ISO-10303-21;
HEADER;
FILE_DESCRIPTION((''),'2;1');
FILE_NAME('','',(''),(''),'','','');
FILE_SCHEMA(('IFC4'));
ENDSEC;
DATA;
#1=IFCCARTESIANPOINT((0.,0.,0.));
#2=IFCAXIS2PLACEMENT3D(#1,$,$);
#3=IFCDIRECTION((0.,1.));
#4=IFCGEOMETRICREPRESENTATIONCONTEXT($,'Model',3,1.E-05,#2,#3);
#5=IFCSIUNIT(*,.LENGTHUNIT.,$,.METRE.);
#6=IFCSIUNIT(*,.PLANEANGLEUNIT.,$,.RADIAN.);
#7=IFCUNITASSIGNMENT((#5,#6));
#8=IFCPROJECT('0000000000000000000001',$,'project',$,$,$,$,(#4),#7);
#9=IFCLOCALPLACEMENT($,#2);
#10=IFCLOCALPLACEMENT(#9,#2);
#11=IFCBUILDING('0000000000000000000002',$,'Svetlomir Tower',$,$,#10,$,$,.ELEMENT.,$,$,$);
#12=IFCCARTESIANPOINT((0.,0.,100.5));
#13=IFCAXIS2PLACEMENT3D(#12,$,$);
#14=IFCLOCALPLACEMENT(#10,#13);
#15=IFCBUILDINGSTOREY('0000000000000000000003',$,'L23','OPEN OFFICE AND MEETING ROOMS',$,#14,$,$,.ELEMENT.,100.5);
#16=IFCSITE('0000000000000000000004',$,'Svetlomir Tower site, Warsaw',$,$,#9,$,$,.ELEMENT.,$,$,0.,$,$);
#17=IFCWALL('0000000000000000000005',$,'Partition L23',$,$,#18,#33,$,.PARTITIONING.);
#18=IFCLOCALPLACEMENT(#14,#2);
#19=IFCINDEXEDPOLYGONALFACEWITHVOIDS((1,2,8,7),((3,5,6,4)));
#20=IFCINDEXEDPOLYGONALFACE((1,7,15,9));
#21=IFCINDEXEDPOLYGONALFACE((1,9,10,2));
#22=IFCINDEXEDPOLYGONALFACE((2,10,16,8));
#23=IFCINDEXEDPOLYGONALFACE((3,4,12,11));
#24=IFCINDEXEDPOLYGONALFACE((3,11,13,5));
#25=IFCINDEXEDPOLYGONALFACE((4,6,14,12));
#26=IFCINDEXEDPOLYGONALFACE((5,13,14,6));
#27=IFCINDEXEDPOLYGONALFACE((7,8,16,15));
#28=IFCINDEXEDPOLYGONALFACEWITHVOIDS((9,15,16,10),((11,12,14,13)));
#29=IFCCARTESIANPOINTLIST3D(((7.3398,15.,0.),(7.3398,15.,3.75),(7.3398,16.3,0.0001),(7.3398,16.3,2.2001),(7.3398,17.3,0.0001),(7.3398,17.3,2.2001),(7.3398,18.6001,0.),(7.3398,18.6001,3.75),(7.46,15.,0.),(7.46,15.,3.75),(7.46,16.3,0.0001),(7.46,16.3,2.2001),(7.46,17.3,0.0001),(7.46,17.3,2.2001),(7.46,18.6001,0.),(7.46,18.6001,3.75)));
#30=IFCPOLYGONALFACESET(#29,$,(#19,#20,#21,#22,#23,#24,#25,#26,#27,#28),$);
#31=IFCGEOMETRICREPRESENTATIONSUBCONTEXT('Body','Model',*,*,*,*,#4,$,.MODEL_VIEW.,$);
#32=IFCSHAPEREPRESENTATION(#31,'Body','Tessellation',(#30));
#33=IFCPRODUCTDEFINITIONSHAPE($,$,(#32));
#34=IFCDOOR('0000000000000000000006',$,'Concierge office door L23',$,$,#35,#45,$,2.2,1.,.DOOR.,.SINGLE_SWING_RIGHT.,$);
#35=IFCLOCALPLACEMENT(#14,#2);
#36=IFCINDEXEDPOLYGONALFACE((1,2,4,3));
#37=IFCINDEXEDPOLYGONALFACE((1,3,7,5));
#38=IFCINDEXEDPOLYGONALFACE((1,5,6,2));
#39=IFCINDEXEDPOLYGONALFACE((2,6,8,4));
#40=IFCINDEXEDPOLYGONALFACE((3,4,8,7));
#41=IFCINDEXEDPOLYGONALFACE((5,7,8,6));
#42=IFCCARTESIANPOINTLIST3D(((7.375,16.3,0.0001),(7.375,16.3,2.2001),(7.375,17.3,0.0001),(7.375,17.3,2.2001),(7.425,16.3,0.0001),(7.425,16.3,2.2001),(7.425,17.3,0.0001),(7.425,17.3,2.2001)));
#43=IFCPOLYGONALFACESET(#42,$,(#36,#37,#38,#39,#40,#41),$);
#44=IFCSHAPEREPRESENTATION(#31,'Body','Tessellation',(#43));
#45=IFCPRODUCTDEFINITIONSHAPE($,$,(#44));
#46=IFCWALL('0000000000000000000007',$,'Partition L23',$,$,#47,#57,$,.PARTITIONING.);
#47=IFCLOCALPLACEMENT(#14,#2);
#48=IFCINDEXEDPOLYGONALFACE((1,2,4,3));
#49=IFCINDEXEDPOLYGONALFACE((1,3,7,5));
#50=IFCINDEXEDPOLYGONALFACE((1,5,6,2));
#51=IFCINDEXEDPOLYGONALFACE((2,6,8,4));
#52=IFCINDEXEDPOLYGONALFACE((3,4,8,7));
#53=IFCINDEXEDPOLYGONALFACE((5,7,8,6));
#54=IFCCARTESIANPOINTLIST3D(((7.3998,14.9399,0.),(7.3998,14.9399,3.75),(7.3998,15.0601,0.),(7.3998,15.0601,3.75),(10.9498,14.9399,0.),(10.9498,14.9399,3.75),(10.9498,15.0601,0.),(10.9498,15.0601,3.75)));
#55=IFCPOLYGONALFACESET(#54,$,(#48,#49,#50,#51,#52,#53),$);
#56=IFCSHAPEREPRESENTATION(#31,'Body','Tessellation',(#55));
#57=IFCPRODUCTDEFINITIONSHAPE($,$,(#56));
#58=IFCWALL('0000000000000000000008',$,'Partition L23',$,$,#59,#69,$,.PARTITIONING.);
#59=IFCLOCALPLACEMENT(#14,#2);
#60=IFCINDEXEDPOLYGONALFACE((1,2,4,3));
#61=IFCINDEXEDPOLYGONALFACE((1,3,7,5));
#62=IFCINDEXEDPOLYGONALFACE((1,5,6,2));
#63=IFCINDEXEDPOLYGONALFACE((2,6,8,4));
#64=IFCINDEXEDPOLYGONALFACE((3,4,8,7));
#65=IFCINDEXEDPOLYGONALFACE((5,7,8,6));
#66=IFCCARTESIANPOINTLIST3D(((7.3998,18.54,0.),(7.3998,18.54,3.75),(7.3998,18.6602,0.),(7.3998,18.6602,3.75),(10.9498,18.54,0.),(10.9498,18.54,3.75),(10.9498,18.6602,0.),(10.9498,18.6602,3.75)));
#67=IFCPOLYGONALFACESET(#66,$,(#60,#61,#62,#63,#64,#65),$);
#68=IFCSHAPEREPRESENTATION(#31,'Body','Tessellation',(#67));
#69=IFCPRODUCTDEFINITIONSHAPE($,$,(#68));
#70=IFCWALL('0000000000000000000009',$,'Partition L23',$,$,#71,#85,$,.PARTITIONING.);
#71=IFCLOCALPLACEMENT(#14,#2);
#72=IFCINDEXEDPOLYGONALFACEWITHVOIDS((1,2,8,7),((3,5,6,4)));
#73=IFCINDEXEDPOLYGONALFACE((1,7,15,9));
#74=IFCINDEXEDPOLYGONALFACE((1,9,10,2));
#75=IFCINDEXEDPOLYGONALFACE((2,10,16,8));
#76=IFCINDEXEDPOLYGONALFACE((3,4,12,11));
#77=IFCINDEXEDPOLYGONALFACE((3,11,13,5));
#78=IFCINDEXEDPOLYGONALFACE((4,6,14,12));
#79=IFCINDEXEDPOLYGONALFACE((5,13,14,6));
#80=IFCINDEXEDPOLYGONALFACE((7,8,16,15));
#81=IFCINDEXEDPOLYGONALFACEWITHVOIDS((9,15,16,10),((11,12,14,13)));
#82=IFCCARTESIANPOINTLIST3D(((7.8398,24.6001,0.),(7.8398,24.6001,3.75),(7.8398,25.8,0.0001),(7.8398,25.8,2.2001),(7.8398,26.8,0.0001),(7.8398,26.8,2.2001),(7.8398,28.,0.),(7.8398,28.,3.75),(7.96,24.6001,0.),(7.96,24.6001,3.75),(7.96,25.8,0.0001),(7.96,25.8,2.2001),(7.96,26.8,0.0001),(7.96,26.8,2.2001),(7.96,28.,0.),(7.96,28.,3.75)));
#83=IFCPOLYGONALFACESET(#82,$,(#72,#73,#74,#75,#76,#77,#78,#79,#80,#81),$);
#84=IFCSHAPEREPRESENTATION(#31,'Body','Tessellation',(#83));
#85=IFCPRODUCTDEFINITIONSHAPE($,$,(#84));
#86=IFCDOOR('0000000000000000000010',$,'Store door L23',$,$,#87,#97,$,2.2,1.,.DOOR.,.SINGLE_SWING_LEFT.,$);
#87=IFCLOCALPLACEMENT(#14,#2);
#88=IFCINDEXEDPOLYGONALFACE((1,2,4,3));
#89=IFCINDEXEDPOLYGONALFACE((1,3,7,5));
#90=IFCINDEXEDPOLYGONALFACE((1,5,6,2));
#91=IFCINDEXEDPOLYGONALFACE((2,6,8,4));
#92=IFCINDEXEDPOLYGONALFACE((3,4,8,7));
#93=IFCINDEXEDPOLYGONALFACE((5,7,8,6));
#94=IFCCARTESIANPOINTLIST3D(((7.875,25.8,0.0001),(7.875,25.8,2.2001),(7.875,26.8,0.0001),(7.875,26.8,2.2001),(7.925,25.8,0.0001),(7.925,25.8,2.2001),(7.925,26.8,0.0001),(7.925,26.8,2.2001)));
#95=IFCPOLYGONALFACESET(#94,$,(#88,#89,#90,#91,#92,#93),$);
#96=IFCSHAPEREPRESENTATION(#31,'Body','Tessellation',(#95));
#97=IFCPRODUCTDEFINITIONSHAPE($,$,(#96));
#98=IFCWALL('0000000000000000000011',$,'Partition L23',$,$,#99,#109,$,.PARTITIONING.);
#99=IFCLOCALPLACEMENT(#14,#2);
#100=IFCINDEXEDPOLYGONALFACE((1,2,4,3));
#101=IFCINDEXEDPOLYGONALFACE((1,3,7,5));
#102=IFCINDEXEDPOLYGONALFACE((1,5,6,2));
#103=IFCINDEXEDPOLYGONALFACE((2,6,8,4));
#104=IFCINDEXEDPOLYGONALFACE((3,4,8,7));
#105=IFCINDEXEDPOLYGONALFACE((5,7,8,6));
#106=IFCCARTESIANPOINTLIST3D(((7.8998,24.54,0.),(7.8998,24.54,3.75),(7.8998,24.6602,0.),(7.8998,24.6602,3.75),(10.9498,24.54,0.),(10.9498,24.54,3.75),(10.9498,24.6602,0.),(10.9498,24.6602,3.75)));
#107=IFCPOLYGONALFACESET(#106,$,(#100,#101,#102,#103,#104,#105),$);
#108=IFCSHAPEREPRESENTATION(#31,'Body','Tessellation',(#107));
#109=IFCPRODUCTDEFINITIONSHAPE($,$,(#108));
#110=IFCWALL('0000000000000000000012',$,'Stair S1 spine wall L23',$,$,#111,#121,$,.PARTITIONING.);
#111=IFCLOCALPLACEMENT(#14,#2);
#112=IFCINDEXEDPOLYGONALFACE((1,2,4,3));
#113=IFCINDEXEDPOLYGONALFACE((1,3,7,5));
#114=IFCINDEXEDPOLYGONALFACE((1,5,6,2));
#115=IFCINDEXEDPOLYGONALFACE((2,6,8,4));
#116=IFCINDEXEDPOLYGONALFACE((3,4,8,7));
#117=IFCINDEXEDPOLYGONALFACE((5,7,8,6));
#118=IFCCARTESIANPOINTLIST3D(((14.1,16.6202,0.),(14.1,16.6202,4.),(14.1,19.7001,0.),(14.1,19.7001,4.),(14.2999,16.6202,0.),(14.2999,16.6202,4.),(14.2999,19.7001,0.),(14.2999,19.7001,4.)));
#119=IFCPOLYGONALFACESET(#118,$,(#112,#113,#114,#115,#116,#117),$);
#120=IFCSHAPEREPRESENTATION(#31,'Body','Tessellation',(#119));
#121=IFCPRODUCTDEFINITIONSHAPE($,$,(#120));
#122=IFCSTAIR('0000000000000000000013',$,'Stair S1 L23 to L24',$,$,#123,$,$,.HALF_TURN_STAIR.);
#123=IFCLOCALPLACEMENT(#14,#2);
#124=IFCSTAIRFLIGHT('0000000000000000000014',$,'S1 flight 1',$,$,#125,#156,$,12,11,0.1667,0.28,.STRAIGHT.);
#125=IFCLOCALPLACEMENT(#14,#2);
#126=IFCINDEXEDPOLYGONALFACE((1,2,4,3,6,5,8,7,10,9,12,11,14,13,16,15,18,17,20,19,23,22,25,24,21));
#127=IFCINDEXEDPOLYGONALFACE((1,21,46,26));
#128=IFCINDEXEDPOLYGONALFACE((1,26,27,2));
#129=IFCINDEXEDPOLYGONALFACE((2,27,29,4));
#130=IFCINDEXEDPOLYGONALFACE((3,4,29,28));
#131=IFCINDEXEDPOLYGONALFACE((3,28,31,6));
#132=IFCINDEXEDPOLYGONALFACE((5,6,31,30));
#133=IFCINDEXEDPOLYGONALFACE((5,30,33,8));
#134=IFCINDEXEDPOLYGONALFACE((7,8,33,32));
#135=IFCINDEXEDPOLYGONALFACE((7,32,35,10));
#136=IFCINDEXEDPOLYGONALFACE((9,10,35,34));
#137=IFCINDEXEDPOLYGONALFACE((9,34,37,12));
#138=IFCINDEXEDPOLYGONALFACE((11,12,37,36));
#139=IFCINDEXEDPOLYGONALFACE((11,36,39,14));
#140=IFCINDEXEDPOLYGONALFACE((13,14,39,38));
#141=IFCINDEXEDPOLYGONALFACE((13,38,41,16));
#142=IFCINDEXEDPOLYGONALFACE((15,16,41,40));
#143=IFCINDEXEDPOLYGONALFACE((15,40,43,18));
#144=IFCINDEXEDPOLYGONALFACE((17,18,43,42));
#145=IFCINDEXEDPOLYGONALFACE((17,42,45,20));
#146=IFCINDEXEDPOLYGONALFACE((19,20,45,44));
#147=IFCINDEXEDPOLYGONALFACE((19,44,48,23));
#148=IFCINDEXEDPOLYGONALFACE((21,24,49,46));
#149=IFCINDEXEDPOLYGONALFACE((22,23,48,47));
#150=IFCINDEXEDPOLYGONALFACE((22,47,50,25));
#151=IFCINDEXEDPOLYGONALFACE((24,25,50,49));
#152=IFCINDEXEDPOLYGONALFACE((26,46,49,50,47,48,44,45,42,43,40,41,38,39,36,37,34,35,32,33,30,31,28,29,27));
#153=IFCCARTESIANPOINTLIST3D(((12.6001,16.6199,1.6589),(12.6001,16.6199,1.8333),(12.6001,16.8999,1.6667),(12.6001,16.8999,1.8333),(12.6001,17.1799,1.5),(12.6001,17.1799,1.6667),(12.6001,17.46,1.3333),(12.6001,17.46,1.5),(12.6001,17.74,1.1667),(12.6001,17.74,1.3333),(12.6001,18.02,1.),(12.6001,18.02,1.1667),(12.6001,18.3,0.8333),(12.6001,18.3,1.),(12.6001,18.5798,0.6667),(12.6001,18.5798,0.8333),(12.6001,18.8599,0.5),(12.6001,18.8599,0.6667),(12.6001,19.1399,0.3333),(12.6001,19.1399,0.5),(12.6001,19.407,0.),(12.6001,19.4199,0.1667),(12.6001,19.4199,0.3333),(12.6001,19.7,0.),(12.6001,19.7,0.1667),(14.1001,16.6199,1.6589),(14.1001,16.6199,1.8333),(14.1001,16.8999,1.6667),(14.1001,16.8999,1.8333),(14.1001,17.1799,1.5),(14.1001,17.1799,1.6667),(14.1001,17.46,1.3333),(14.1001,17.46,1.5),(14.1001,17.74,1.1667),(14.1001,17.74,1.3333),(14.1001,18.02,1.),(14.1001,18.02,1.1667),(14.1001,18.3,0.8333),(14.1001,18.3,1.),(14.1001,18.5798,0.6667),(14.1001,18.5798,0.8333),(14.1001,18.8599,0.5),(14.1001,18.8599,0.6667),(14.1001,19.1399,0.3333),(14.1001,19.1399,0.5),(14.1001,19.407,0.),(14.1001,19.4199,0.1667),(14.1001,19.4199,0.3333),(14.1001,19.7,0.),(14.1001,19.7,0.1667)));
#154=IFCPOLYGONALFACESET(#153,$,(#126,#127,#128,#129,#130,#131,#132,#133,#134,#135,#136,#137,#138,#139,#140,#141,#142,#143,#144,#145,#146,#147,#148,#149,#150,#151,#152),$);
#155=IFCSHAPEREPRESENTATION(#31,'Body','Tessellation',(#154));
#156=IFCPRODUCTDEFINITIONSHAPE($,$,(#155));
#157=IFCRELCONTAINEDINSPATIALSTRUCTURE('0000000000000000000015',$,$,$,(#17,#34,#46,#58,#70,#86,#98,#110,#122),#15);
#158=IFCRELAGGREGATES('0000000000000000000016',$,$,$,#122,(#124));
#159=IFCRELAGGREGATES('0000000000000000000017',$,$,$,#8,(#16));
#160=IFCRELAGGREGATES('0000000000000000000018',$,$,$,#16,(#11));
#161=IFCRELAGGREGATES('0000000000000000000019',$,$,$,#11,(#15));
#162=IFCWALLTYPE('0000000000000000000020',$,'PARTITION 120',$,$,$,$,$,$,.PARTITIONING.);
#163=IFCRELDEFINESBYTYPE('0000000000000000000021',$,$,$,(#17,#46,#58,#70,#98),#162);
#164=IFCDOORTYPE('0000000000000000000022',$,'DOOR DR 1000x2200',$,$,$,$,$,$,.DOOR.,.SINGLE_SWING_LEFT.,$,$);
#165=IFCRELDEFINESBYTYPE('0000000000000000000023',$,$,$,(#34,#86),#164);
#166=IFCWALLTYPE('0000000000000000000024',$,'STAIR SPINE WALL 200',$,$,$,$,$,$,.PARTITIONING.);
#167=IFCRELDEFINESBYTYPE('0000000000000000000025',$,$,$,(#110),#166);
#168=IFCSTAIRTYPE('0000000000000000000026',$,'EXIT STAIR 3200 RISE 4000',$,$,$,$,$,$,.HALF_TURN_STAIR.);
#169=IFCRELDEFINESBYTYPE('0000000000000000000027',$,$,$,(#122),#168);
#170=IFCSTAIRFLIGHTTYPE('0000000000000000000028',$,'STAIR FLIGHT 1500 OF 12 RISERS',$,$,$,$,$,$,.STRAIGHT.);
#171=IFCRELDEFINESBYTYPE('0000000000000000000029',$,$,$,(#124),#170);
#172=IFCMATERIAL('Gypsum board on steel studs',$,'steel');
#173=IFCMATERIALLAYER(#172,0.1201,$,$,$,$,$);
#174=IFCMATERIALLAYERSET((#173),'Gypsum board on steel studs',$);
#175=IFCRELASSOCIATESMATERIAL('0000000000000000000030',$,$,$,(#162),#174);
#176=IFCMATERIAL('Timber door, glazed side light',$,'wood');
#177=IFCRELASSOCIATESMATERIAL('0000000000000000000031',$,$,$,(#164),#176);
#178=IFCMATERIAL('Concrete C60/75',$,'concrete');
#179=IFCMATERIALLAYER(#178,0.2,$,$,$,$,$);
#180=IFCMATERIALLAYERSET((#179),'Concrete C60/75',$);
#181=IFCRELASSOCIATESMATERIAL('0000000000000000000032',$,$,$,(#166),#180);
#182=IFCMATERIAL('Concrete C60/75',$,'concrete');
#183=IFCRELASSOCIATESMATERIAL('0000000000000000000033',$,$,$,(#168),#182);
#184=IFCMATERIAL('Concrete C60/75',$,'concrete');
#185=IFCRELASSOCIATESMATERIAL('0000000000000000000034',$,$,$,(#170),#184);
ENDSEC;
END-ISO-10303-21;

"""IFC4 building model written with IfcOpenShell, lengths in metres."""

from ifc_helpers import new_model, si_unit, direction, frame, frame_2d, origin, place, context, subcontext, project, spatial, polyline, rectangle, outline, extrude, material, layer, layer_set, type_object, element, fill, aggregate, save


model = new_model("IFC4")

# Units and contexts
model_context = context("Model", 3, precision=1e-05, world=origin(), true_north=direction((0.0, 1.0)))
body_context = subcontext(model_context, "Body", "Model", "MODEL_VIEW")
ifc_project = project(units=[si_unit("LENGTHUNIT", "METRE"), si_unit("PLANEANGLEUNIT", "RADIAN")], contexts=[model_context])

# Site, building, storey
site_placement = place(None, origin())
site = spatial("IfcSite", under=ifc_project, at=site_placement, Name="Svetlomir Tower site, Warsaw", CompositionType="ELEMENT", RefElevation=0.0)
building_placement = place(site_placement, origin())
building = spatial("IfcBuilding", under=site, at=building_placement, Name="Svetlomir Tower", CompositionType="ELEMENT")
storey_placement = place(building_placement, frame((0.0, 0.0, 100.5)))
storey = spatial("IfcBuildingStorey", under=building, at=storey_placement, Name="L23", Description="OPEN OFFICE AND MEETING ROOMS", CompositionType="ELEMENT", Elevation=100.5)

# Wall, opening, door
ifc_material_1 = material(Name="Gypsum board on steel studs", Category="steel")
ifc_layer_1 = layer(ifc_material_1, 0.1201)
ifc_layer_set_1 = layer_set([ifc_layer_1], Name="Gypsum board on steel studs")
wall_type_1 = type_object("IfcWallType", Name="PARTITION 120", PredefinedType="PARTITIONING", material=ifc_layer_set_1)
wall_1_placement = place(storey_placement, frame((7.3999, 15.0, 0.0), z_axis=(0.0, 0.0, 1.0), x_axis=(0.0, 1.0, 0.0)))
wall_1 = element("IfcWall", 1, at=wall_1_placement, inside=storey, type_object=wall_type_1, Name="Partition L23", PredefinedType="PARTITIONING", context=body_context, shape_type="SweptSolid", body=[
    extrude(rectangle(XDim=3.6001, YDim=0.1201, at=frame_2d((1.8, 0.0))), origin(), (0.0, 0.0, 1.0), 3.75),
])
opening_1_placement = place(wall_1_placement, frame((1.3, 0.0, 0.0)))
opening_1 = element("IfcOpeningElement", 2, at=opening_1_placement, cuts=wall_1, PredefinedType="OPENING", context=body_context, shape_type="SweptSolid", body=[
    extrude(rectangle(XDim=1.0, YDim=2.2, at=frame_2d((0.5, 1.1001))), frame((0.0, 0.0701, 0.0), z_axis=(0.0, -1.0, 0.0), x_axis=(1.0, 0.0, 0.0)), (0.0, 0.0, 1.0), 0.1401),
])
ifc_material_2 = material(Name="Timber door, glazed side light", Category="wood")
door_type_1 = type_object("IfcDoorType", Name="DOOR DR 1000x2200", OperationType="SINGLE_SWING_LEFT", PredefinedType="DOOR", material=ifc_material_2)
door_1_placement = place(opening_1_placement, origin())
door_1 = element("IfcDoor", 3, at=door_1_placement, inside=storey, type_object=door_type_1, Name="Concierge office door L23", OperationType="SINGLE_SWING_RIGHT", OverallHeight=2.2, OverallWidth=1.0, PredefinedType="DOOR", context=body_context, shape_type="SweptSolid", body=[
    extrude(rectangle(XDim=1.0, YDim=2.2, at=frame_2d((0.5, 1.1001))), frame((0.0, 0.0249, 0.0), z_axis=(0.0, -1.0, 0.0), x_axis=(1.0, 0.0, 0.0)), (0.0, 0.0, 1.0), 0.05),
])
fill(opening_1, door_1)

# Walls
for number, where, z_axis, x_axis, name in (
    (4, (7.3999, 15.0, 0.0), (0.0, 0.0, 1.0), (1.0, 0.0, 0.0), "Partition L23"),
    (5, (7.3999, 18.6001, 0.0), (0.0, 0.0, 1.0), (1.0, 0.0, 0.0), "Partition L23"),
):
    element("IfcWall", number, at=place(storey_placement, frame(where, z_axis=z_axis, x_axis=x_axis)), inside=storey, type_object=wall_type_1, Name=name, PredefinedType="PARTITIONING", context=body_context, shape_type="SweptSolid", body=[
        extrude(rectangle(XDim=3.55, YDim=0.1201, at=frame_2d((1.7749, 0.0))), origin(), (0.0, 0.0, 1.0), 3.75),
    ])

# Wall, opening, door
wall_2_placement = place(storey_placement, frame((7.8999, 24.6001, 0.0), z_axis=(0.0, 0.0, 1.0), x_axis=(0.0, 1.0, 0.0)))
wall_2 = element("IfcWall", 6, at=wall_2_placement, inside=storey, type_object=wall_type_1, Name="Partition L23", PredefinedType="PARTITIONING", context=body_context, shape_type="SweptSolid", body=[
    extrude(rectangle(XDim=3.3999, YDim=0.1201, at=frame_2d((1.7, 0.0))), origin(), (0.0, 0.0, 1.0), 3.75),
])
opening_2_placement = place(wall_2_placement, frame((1.2, 0.0, 0.0)))
opening_2 = element("IfcOpeningElement", 7, at=opening_2_placement, cuts=wall_2, PredefinedType="OPENING", context=body_context, shape_type="SweptSolid", body=[
    extrude(rectangle(XDim=1.0, YDim=2.2, at=frame_2d((0.5, 1.1001))), frame((0.0, 0.0701, 0.0), z_axis=(0.0, -1.0, 0.0), x_axis=(1.0, 0.0, 0.0)), (0.0, 0.0, 1.0), 0.1401),
])
door_2_placement = place(opening_2_placement, origin())
door_2 = element("IfcDoor", 8, at=door_2_placement, inside=storey, type_object=door_type_1, Name="Store door L23", OperationType="SINGLE_SWING_LEFT", OverallHeight=2.2, OverallWidth=1.0, PredefinedType="DOOR", context=body_context, shape_type="SweptSolid", body=[
    extrude(rectangle(XDim=1.0, YDim=2.2, at=frame_2d((0.5, 1.1001))), frame((0.0, 0.0249, 0.0), z_axis=(0.0, -1.0, 0.0), x_axis=(1.0, 0.0, 0.0)), (0.0, 0.0, 1.0), 0.05),
])
fill(opening_2, door_2)

# Walls
wall_3_placement = place(storey_placement, frame((7.8999, 24.6001, 0.0), z_axis=(0.0, 0.0, 1.0), x_axis=(1.0, 0.0, 0.0)))
element("IfcWall", 9, at=wall_3_placement, inside=storey, type_object=wall_type_1, Name="Partition L23", PredefinedType="PARTITIONING", context=body_context, shape_type="SweptSolid", body=[
    extrude(rectangle(XDim=3.05, YDim=0.1201, at=frame_2d((1.5249, 0.0))), origin(), (0.0, 0.0, 1.0), 3.75),
])
ifc_material_3 = material(Name="Concrete C60/75", Category="concrete")
ifc_layer_2 = layer(ifc_material_3, 0.2)
ifc_layer_set_2 = layer_set([ifc_layer_2], Name="Concrete C60/75")
wall_type_2 = type_object("IfcWallType", Name="STAIR SPINE WALL 200", PredefinedType="PARTITIONING", material=ifc_layer_set_2)
wall_4_placement = place(storey_placement, frame((14.2, 16.6201, 0.0), z_axis=(0.0, 0.0, 1.0), x_axis=(0.0, 1.0, 0.0)))
element("IfcWall", 10, at=wall_4_placement, inside=storey, type_object=wall_type_2, Name="Stair S1 spine wall L23", PredefinedType="PARTITIONING", context=body_context, shape_type="SweptSolid", body=[
    extrude(rectangle(XDim=3.0798, YDim=0.2, at=frame_2d((1.54, 0.0))), origin(), (0.0, 0.0, 1.0), 4.0),
])

# Stair, stair flight
ifc_material_4 = material(Name="Concrete C60/75", Category="concrete")
stair_type = type_object("IfcStairType", Name="EXIT STAIR 3200 RISE 4000", PredefinedType="HALF_TURN_STAIR", material=ifc_material_4)
stair_placement = place(storey_placement, origin())
stair = element("IfcStair", 11, at=stair_placement, inside=storey, type_object=stair_type, Name="Stair S1 L23 to L24", PredefinedType="HALF_TURN_STAIR")
ifc_material_5 = material(Name="Concrete C60/75", Category="concrete")
stair_flight_type = type_object("IfcStairFlightType", Name="STAIR FLIGHT 1500 OF 12 RISERS", PredefinedType="STRAIGHT", material=ifc_material_5)
stair_flight_1_placement = place(storey_placement, frame((13.3501, 19.7, 0.0), z_axis=(0.0, 0.0, 1.0), x_axis=(0.0, -1.0, 0.0)))
stair_flight_1 = element("IfcStairFlight", 12, at=stair_flight_1_placement, type_object=stair_flight_type, Name="S1 flight 1", NumberOfRisers=12, NumberOfTreads=11, PredefinedType="STRAIGHT", RiserHeight=0.1667, TreadLength=0.28, context=body_context, shape_type="SweptSolid", body=[
    extrude(outline(polyline([(0.0, 0.0), (0.0, 0.1667), (0.28, 0.1667), (0.28, 0.3333), (0.5601, 0.3333), (0.5601, 0.5), (0.8401, 0.5), (0.8401, 0.6667), (1.1201, 0.6667), (1.1201, 0.8333), (1.3999, 0.8333), (1.3999, 1.0), (1.6799, 1.0), (1.6799, 1.1667), (1.96, 1.1667), (1.96, 1.3333), (2.24, 1.3333), (2.24, 1.5), (2.52, 1.5), (2.52, 1.6667), (2.8, 1.6667), (2.8, 1.8333), (3.0801, 1.8333), (3.0801, 2.0), (3.0801, 1.6589), (0.293, 0.0), (0.0, 0.0)])), frame((0.0, 0.75, 0.0), z_axis=(0.0, -1.0, 0.0), x_axis=(1.0, 0.0, 0.0)), (0.0, 0.0, 1.0), 1.5),
])
aggregate(stair, [stair_flight_1])

save(model, "model.ifc")
